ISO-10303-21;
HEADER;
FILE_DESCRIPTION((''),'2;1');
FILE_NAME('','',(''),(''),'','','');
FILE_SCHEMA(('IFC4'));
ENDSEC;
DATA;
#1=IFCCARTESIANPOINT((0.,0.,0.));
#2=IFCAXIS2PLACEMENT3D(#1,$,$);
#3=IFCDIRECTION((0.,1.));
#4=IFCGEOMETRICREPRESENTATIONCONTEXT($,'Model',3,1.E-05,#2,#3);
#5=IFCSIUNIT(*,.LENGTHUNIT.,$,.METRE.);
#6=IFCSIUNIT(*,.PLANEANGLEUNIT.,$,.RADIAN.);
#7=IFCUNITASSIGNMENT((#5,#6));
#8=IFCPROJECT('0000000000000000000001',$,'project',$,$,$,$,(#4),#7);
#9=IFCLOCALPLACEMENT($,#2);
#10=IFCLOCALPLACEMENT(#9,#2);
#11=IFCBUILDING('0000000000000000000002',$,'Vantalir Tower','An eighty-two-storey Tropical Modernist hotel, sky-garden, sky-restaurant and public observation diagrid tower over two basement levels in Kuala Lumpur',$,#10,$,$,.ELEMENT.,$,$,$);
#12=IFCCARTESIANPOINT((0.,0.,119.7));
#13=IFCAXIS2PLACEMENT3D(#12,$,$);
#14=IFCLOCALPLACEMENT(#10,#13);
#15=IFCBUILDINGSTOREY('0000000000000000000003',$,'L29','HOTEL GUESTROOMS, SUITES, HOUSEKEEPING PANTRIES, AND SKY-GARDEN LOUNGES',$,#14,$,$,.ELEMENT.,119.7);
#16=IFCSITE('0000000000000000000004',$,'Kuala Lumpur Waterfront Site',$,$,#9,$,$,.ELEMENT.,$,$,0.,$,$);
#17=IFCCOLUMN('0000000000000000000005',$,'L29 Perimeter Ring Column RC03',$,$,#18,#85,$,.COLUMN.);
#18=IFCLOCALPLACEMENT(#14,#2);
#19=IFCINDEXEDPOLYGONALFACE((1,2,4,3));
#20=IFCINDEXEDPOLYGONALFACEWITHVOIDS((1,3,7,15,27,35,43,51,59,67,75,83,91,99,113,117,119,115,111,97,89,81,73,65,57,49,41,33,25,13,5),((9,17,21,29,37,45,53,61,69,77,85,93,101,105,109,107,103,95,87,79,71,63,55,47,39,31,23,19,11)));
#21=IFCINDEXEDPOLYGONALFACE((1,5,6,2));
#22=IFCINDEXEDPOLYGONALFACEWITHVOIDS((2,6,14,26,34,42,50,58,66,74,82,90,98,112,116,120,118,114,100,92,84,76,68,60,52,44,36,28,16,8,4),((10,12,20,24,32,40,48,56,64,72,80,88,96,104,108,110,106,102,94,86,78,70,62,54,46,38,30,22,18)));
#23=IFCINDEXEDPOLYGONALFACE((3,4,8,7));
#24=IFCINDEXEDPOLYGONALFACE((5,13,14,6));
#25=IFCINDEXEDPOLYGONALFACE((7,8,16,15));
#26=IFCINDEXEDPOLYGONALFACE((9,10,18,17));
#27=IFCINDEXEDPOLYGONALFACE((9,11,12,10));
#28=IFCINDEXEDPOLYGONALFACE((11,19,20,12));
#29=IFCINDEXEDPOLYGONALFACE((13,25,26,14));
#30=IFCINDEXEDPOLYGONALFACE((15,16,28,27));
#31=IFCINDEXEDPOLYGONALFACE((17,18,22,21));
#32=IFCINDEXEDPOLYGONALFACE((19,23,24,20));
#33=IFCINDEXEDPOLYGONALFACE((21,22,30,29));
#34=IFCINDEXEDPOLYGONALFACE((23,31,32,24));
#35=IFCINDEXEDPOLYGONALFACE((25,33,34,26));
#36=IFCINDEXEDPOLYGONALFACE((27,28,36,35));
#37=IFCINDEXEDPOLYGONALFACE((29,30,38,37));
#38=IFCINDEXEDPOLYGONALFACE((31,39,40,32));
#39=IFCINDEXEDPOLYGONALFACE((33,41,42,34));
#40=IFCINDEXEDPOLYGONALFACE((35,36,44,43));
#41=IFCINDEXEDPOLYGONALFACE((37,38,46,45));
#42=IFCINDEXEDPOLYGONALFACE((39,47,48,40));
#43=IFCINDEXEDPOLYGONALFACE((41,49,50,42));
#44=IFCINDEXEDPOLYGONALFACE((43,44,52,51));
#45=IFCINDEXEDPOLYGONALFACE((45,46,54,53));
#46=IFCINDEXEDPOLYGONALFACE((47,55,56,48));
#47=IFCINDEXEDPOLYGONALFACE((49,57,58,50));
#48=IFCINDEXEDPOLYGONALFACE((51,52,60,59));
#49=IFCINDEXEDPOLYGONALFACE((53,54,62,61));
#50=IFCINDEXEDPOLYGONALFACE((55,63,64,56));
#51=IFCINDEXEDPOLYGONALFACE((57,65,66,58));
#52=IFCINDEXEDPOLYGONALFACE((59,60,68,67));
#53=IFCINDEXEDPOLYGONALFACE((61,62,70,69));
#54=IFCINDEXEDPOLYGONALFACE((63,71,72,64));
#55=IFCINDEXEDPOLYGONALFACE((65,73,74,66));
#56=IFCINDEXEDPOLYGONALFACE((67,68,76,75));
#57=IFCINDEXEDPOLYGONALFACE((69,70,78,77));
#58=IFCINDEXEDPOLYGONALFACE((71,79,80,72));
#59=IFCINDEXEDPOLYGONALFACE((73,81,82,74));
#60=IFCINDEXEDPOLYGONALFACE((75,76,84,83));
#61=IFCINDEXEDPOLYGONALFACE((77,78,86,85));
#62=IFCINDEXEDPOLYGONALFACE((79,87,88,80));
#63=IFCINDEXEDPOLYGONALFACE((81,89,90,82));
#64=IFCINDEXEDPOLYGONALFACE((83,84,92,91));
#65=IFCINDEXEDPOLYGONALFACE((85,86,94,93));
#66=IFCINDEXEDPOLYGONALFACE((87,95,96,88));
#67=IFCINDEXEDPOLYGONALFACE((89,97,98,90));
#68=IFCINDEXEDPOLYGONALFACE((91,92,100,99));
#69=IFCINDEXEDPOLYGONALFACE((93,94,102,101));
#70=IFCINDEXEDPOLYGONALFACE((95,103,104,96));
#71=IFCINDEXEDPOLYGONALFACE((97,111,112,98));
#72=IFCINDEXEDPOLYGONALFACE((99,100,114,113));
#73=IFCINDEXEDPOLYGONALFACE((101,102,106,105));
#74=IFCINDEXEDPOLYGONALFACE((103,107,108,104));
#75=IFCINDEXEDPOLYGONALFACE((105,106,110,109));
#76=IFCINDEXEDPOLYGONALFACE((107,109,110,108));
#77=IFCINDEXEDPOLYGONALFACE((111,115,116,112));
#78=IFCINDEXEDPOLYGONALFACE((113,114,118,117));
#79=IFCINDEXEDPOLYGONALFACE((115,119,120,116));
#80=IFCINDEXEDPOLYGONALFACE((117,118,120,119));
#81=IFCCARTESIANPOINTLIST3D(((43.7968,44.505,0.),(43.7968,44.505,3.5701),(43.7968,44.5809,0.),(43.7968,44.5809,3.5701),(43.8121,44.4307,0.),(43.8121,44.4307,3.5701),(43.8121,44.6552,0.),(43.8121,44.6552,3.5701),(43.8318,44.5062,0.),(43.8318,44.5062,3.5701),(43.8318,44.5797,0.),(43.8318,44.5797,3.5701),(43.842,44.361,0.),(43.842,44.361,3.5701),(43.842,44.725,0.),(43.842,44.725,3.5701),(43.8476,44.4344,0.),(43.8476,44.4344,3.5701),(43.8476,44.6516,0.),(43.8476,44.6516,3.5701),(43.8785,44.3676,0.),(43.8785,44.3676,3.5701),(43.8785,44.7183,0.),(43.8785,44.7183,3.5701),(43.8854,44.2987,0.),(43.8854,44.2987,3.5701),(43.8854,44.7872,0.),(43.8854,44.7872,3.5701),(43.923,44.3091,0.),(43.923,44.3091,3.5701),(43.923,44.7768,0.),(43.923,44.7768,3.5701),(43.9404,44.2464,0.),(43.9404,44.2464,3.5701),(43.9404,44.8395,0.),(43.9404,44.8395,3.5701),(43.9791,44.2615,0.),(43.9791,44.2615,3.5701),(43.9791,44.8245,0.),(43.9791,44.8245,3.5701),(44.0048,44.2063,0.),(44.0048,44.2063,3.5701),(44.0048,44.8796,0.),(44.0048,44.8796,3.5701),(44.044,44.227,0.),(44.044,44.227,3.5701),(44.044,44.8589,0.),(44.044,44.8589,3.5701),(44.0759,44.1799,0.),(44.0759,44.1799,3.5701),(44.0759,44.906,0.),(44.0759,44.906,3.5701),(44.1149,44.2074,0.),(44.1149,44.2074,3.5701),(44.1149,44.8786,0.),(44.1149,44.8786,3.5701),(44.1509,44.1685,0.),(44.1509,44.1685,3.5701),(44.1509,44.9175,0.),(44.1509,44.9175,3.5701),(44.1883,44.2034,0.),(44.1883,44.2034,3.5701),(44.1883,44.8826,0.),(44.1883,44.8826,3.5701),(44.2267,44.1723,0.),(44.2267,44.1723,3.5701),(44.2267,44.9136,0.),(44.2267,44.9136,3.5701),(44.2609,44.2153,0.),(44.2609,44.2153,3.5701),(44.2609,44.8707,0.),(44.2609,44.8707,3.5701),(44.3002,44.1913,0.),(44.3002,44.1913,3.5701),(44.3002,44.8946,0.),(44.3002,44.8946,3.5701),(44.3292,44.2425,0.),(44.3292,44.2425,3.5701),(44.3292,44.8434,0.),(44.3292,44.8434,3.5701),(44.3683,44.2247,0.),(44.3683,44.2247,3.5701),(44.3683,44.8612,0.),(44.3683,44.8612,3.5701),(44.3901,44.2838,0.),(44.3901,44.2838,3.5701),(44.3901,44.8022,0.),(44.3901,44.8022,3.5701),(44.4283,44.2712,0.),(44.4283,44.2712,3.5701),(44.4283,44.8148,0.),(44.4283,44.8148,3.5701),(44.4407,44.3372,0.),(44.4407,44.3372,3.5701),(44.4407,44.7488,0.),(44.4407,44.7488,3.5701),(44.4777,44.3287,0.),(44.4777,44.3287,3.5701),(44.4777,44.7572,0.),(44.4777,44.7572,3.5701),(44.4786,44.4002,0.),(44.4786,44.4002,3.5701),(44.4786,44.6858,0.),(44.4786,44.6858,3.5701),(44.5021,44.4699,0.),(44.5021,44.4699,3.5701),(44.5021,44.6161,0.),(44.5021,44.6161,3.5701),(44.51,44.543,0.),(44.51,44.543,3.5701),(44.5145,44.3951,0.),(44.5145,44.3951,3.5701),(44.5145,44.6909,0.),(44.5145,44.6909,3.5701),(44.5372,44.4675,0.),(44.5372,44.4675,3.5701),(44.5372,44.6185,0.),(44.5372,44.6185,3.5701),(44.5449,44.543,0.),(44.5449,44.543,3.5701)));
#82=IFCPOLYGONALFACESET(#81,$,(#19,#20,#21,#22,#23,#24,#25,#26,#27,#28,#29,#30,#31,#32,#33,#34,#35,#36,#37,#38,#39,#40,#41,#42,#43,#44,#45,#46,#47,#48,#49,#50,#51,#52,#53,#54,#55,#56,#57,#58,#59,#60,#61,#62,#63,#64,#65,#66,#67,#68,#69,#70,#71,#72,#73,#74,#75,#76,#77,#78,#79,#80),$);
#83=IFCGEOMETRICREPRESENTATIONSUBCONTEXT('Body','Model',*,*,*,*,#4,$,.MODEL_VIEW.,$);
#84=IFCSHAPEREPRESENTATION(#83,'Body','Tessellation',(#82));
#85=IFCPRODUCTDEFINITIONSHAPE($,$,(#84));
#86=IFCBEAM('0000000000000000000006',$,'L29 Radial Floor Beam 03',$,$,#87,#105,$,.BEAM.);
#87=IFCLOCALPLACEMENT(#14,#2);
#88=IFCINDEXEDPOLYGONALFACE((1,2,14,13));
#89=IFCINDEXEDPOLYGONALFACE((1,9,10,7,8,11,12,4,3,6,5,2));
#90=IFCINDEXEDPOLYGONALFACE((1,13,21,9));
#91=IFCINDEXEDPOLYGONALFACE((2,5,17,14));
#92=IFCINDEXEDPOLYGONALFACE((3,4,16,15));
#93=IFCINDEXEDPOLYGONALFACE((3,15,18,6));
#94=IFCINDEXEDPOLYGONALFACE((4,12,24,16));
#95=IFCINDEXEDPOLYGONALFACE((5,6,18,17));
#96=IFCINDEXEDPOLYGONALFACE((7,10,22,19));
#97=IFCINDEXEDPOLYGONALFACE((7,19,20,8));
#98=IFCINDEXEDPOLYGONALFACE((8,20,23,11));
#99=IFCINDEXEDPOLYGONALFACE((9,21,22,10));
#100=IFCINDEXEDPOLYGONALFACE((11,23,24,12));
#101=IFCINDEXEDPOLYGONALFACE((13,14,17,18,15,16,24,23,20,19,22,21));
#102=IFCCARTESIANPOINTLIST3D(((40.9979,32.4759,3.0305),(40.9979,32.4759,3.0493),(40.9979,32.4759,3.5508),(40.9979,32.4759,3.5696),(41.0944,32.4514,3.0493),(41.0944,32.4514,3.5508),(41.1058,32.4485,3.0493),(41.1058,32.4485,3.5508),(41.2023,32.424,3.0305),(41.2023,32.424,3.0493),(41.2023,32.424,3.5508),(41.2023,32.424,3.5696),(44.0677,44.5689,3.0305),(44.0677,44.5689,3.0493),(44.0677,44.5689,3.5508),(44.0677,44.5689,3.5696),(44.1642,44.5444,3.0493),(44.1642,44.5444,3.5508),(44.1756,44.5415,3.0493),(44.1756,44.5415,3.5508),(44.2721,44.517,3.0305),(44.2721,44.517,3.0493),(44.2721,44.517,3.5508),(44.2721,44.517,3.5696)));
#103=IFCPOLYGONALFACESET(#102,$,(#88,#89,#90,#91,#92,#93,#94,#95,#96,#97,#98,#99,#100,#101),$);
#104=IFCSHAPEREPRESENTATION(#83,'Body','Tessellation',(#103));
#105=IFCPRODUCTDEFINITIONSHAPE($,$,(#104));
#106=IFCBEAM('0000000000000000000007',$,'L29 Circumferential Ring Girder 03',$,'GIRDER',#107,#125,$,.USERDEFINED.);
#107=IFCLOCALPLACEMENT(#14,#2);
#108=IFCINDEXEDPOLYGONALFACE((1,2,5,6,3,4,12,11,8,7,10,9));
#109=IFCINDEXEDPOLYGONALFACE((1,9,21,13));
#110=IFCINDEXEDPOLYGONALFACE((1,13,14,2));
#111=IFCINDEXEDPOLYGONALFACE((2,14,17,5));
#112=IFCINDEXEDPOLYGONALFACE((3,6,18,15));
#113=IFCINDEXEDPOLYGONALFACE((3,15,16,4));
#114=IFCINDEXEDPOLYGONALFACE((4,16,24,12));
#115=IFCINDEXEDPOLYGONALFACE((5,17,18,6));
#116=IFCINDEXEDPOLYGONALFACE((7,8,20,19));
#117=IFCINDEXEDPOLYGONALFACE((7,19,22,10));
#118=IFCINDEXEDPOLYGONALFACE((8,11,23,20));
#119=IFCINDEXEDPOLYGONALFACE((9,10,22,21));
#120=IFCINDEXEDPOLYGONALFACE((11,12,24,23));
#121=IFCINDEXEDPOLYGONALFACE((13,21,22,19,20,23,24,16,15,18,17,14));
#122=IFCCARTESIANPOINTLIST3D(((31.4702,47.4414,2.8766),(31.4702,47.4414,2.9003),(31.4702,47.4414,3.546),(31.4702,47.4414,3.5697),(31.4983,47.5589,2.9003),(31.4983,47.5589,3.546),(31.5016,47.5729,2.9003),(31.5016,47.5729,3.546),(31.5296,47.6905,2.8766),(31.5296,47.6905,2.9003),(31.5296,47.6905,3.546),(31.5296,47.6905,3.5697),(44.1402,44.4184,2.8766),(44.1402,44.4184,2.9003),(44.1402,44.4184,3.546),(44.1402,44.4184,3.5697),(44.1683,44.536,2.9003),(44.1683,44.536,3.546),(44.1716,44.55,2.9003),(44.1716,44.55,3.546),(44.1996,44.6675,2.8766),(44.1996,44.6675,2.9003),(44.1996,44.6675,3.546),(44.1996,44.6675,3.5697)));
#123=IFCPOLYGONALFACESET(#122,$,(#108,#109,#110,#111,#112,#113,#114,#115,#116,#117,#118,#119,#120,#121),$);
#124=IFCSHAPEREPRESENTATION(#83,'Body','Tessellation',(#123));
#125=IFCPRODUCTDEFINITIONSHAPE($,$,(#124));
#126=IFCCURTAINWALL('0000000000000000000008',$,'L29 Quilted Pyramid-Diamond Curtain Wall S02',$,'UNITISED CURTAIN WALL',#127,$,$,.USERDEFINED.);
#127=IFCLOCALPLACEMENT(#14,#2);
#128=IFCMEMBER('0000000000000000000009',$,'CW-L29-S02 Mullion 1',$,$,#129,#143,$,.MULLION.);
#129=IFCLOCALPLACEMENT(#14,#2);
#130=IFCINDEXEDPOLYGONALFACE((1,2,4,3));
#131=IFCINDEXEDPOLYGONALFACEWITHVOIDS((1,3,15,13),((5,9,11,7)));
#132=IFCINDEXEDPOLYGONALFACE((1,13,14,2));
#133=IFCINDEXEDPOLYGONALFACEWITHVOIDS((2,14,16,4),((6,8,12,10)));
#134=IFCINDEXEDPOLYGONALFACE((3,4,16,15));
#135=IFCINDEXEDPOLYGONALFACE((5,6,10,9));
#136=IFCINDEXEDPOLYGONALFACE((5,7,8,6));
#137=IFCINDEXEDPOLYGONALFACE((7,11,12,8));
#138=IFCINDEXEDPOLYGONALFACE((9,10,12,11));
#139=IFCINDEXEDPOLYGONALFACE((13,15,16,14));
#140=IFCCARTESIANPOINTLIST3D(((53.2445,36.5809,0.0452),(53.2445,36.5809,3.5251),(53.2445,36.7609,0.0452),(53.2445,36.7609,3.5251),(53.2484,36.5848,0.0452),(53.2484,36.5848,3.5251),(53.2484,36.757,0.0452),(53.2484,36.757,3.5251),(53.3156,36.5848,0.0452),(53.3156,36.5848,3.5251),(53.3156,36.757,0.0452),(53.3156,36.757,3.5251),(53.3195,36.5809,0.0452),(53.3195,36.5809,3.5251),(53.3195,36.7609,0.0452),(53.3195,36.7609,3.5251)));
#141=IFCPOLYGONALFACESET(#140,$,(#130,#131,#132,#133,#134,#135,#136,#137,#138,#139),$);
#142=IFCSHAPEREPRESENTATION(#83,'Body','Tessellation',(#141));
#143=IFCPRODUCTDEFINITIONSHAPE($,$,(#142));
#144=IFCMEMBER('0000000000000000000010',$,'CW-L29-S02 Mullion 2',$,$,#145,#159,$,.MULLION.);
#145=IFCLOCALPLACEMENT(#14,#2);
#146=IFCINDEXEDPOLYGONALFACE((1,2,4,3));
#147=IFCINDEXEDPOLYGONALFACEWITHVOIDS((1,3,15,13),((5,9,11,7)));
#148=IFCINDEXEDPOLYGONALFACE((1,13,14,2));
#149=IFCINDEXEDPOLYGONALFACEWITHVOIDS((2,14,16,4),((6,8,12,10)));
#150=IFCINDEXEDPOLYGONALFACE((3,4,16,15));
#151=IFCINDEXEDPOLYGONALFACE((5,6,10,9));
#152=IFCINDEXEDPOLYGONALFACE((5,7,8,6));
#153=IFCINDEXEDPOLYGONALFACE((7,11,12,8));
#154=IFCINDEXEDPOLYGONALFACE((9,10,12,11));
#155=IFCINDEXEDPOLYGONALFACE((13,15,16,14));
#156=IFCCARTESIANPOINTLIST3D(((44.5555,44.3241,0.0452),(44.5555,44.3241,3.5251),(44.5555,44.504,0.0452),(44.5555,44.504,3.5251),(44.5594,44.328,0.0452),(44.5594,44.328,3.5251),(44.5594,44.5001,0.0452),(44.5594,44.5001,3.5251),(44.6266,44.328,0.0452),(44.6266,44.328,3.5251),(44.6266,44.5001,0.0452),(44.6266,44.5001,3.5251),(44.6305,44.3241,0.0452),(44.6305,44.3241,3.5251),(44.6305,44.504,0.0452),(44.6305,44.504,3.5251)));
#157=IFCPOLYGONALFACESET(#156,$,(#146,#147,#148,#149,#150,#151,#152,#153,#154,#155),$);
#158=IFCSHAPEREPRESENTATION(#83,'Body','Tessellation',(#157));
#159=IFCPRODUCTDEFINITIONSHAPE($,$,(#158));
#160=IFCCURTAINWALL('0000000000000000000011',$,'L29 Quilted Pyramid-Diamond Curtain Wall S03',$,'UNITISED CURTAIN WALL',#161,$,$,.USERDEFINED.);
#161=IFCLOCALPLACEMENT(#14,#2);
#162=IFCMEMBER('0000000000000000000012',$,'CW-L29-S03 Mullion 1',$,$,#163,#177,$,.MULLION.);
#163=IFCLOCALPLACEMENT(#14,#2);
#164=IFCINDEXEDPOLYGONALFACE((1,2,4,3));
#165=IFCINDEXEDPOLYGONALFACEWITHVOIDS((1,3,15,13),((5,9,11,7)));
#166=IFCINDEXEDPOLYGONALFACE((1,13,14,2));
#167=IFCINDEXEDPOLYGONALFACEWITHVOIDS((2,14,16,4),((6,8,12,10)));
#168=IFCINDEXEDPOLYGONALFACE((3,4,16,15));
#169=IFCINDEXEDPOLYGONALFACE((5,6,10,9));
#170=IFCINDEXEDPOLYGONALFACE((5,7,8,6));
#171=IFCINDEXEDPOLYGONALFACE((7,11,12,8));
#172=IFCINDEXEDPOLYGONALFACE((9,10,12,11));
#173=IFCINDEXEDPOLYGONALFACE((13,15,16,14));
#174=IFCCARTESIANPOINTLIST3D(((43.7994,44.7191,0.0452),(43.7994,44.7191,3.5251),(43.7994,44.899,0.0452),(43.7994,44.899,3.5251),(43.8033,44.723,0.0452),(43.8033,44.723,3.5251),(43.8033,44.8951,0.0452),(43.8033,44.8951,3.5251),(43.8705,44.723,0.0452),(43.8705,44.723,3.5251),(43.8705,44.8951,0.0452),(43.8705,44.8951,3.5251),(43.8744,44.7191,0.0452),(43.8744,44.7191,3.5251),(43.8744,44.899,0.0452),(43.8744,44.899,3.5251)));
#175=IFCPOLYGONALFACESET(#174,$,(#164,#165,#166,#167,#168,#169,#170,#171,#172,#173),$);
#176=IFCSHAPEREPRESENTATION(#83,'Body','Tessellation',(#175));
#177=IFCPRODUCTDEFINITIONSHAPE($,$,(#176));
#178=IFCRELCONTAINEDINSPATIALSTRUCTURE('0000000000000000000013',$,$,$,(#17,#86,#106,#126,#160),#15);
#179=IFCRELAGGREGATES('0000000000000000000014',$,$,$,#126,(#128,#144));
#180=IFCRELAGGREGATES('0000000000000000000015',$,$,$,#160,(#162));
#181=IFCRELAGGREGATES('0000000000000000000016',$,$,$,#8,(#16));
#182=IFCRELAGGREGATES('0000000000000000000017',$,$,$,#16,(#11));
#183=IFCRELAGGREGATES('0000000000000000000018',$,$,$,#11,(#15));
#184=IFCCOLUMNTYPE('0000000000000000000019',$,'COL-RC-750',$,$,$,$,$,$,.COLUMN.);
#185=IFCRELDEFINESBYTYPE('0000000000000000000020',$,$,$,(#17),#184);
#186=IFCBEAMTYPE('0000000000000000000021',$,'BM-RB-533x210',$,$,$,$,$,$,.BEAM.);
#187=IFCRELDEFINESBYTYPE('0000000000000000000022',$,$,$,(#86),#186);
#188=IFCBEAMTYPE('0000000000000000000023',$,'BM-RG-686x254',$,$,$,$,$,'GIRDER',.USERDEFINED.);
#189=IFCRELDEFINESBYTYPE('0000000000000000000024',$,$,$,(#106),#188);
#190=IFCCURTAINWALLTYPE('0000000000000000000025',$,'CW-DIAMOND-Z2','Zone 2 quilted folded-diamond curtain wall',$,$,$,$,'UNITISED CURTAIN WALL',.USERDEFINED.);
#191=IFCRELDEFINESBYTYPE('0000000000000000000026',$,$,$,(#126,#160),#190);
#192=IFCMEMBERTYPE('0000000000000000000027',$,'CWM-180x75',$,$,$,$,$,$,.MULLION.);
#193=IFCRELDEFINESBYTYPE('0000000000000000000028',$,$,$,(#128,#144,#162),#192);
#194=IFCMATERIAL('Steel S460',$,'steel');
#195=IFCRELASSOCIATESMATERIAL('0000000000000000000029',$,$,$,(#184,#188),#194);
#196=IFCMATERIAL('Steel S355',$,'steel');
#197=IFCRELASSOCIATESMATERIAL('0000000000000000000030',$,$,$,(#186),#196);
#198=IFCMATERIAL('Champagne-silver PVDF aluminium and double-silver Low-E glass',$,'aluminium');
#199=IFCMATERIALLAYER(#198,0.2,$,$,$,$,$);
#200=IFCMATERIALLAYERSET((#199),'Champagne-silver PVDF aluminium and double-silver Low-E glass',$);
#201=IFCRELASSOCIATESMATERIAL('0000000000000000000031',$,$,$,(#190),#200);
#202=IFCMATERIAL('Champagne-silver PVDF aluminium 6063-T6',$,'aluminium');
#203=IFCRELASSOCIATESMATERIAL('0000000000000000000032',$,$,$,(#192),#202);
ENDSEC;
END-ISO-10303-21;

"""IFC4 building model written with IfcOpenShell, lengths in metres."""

from ifc_helpers import new_model, si_unit, direction, frame, origin, origin_2d, place, context, subcontext, project, spatial, hollow_rectangle, hollow_circle, i_section, extrude, material, layer, layer_set, material_profile, profile_set, type_object, element, aggregate, save


model = new_model("IFC4")

# Units and contexts
model_context = context("Model", 3, precision=1e-05, world=origin(), true_north=direction((0.0, 1.0)))
body_context = subcontext(model_context, "Body", "Model", "MODEL_VIEW")
ifc_project = project(units=[si_unit("LENGTHUNIT", "METRE"), si_unit("PLANEANGLEUNIT", "RADIAN")], contexts=[model_context])

# Site, building, storey
site_placement = place(None, origin())
site = spatial("IfcSite", under=ifc_project, at=site_placement, Name="Kuala Lumpur Waterfront Site", CompositionType="ELEMENT", RefElevation=0.0)
building_placement = place(site_placement, origin())
building = spatial("IfcBuilding", under=site, at=building_placement, Name="Vantalir Tower", Description="An eighty-two-storey Tropical Modernist hotel, sky-garden, sky-restaurant and public observation diagrid tower over two basement levels in Kuala Lumpur", CompositionType="ELEMENT")
storey_placement = place(building_placement, frame((0.0, 0.0, 119.7)))
storey = spatial("IfcBuildingStorey", under=building, at=storey_placement, Name="L29", Description="HOTEL GUESTROOMS, SUITES, HOUSEKEEPING PANTRIES, AND SKY-GARDEN LOUNGES", CompositionType="ELEMENT", Elevation=119.7)

# Column
ifc_material_1 = material(Name="Steel S460", Category="steel")
ifc_material_profile_1 = material_profile(ifc_material_1, hollow_circle(Radius=0.375, WallThickness=0.0349, at=origin_2d()), Name="Steel S460")
ifc_profile_set_1 = profile_set([ifc_material_profile_1], Name="Steel S460")
column_type = type_object("IfcColumnType", Name="COL-RC-750", PredefinedType="COLUMN", material=ifc_profile_set_1)
column_placement = place(storey_placement, frame((44.1699, 44.543, 0.0), z_axis=(0.0, 0.0, 1.0), x_axis=(1.0, 0.0, 0.0)))
element("IfcColumn", 1, at=column_placement, inside=storey, type_object=column_type, Name="L29 Perimeter Ring Column RC03", PredefinedType="COLUMN", context=body_context, shape_type="SweptSolid", body=[
    extrude(hollow_circle(Radius=0.375, WallThickness=0.0349, at=origin_2d()), origin(), (0.0, 0.0, 1.0), 3.5701),
])

# Beams
ifc_material_2 = material(Name="Steel S355", Category="steel")
ifc_material_profile_2 = material_profile(ifc_material_2, i_section(OverallWidth=0.2109, OverallDepth=0.5391, WebThickness=0.0117, FlangeThickness=0.0188, at=origin_2d()), Name="Steel S355")
ifc_profile_set_2 = profile_set([ifc_material_profile_2], Name="Steel S355")
beam_type_1 = type_object("IfcBeamType", Name="BM-RB-533x210", PredefinedType="BEAM", material=ifc_profile_set_2)
beam_1_placement = place(storey_placement, frame((44.1699, 44.543, 3.3), z_axis=(-0.246047, -0.969258, 0.0), x_axis=(0.969258, -0.246047, 0.0)))
element("IfcBeam", 2, at=beam_1_placement, inside=storey, type_object=beam_type_1, Name="L29 Radial Floor Beam 03", PredefinedType="BEAM", context=body_context, shape_type="SweptSolid", body=[
    extrude(i_section(OverallWidth=0.2109, OverallDepth=0.5391, WebThickness=0.0117, FlangeThickness=0.0188, at=origin_2d()), origin(), (0.0, 0.0, 1.0), 12.4766),
])
ifc_material_profile_3 = material_profile(ifc_material_1, i_section(OverallWidth=0.2561, OverallDepth=0.6931, WebThickness=0.0144, FlangeThickness=0.0237, at=origin_2d()), Name="Steel S460")
ifc_profile_set_3 = profile_set([ifc_material_profile_3], Name="Steel S460")
beam_type_2 = type_object("IfcBeamType", Name="BM-RG-686x254", ElementType="GIRDER", PredefinedType="USERDEFINED", material=ifc_profile_set_3)
beam_2_placement = place(storey_placement, frame((44.1699, 44.543, 3.2231), z_axis=(-0.972697, 0.232078, 0.0), x_axis=(-0.232078, -0.972697, 0.0)))
element("IfcBeam", 3, at=beam_2_placement, inside=storey, type_object=beam_type_2, Name="L29 Circumferential Ring Girder 03", ObjectType="GIRDER", PredefinedType="USERDEFINED", context=body_context, shape_type="SweptSolid", body=[
    extrude(i_section(OverallWidth=0.2561, OverallDepth=0.6931, WebThickness=0.0144, FlangeThickness=0.0237, at=origin_2d()), origin(), (0.0, 0.0, 1.0), 13.0256),
])

# Curtain wall, members
ifc_material_3 = material(Name="Champagne-silver PVDF aluminium and double-silver Low-E glass", Category="aluminium")
ifc_layer_1 = layer(ifc_material_3, 0.2)
ifc_layer_set_1 = layer_set([ifc_layer_1], Name="Champagne-silver PVDF aluminium and double-silver Low-E glass")
curtain_wall_type = type_object("IfcCurtainWallType", Name="CW-DIAMOND-Z2", Description="Zone 2 quilted folded-diamond curtain wall", ElementType="UNITISED CURTAIN WALL", PredefinedType="USERDEFINED", material=ifc_layer_set_1)
curtain_wall_1_placement = place(storey_placement, origin())
curtain_wall_1 = element("IfcCurtainWall", 4, at=curtain_wall_1_placement, inside=storey, type_object=curtain_wall_type, Name="L29 Quilted Pyramid-Diamond Curtain Wall S02", ObjectType="UNITISED CURTAIN WALL", PredefinedType="USERDEFINED")
ifc_material_4 = material(Name="Champagne-silver PVDF aluminium 6063-T6", Category="aluminium")
ifc_material_profile_4 = material_profile(ifc_material_4, hollow_rectangle(XDim=0.075, YDim=0.1799, WallThickness=0.0039, at=origin_2d()), Name="Champagne-silver PVDF aluminium 6063-T6")
ifc_profile_set_4 = profile_set([ifc_material_profile_4], Name="Champagne-silver PVDF aluminium 6063-T6")
member_type_1 = type_object("IfcMemberType", Name="CWM-180x75", PredefinedType="MULLION", material=ifc_profile_set_4)
member_1_placement = place(storey_placement, frame((53.282, 36.6709, 0.0452), z_axis=(0.0, 0.0, 1.0), x_axis=(1.0, 0.0, 0.0)))
member_1 = element("IfcMember", 5, at=member_1_placement, type_object=member_type_1, Name="CW-L29-S02 Mullion 1", PredefinedType="MULLION", context=body_context, shape_type="SweptSolid", body=[
    extrude(hollow_rectangle(XDim=0.075, YDim=0.1799, WallThickness=0.0039, at=origin_2d()), origin(), (0.0, 0.0, 1.0), 3.48),
])
member_2_placement = place(storey_placement, frame((44.593, 44.4141, 0.0452), z_axis=(0.0, 0.0, 1.0), x_axis=(1.0, 0.0, 0.0)))
member_2 = element("IfcMember", 6, at=member_2_placement, type_object=member_type_1, Name="CW-L29-S02 Mullion 2", PredefinedType="MULLION", context=body_context, shape_type="SweptSolid", body=[
    extrude(hollow_rectangle(XDim=0.075, YDim=0.1799, WallThickness=0.0039, at=origin_2d()), origin(), (0.0, 0.0, 1.0), 3.48),
])

# Curtain wall, member
curtain_wall_2_placement = place(storey_placement, origin())
curtain_wall_2 = element("IfcCurtainWall", 7, at=curtain_wall_2_placement, inside=storey, type_object=curtain_wall_type, Name="L29 Quilted Pyramid-Diamond Curtain Wall S03", ObjectType="UNITISED CURTAIN WALL", PredefinedType="USERDEFINED")
member_3_placement = place(storey_placement, frame((43.8369, 44.8091, 0.0452), z_axis=(0.0, 0.0, 1.0), x_axis=(1.0, 0.0, 0.0)))
member_3 = element("IfcMember", 8, at=member_3_placement, type_object=member_type_1, Name="CW-L29-S03 Mullion 1", PredefinedType="MULLION", context=body_context, shape_type="SweptSolid", body=[
    extrude(hollow_rectangle(XDim=0.075, YDim=0.1799, WallThickness=0.0039, at=origin_2d()), origin(), (0.0, 0.0, 1.0), 3.48),
])

aggregate(curtain_wall_1, [member_1, member_2])
aggregate(curtain_wall_2, [member_3])

save(model, "model.ifc")
